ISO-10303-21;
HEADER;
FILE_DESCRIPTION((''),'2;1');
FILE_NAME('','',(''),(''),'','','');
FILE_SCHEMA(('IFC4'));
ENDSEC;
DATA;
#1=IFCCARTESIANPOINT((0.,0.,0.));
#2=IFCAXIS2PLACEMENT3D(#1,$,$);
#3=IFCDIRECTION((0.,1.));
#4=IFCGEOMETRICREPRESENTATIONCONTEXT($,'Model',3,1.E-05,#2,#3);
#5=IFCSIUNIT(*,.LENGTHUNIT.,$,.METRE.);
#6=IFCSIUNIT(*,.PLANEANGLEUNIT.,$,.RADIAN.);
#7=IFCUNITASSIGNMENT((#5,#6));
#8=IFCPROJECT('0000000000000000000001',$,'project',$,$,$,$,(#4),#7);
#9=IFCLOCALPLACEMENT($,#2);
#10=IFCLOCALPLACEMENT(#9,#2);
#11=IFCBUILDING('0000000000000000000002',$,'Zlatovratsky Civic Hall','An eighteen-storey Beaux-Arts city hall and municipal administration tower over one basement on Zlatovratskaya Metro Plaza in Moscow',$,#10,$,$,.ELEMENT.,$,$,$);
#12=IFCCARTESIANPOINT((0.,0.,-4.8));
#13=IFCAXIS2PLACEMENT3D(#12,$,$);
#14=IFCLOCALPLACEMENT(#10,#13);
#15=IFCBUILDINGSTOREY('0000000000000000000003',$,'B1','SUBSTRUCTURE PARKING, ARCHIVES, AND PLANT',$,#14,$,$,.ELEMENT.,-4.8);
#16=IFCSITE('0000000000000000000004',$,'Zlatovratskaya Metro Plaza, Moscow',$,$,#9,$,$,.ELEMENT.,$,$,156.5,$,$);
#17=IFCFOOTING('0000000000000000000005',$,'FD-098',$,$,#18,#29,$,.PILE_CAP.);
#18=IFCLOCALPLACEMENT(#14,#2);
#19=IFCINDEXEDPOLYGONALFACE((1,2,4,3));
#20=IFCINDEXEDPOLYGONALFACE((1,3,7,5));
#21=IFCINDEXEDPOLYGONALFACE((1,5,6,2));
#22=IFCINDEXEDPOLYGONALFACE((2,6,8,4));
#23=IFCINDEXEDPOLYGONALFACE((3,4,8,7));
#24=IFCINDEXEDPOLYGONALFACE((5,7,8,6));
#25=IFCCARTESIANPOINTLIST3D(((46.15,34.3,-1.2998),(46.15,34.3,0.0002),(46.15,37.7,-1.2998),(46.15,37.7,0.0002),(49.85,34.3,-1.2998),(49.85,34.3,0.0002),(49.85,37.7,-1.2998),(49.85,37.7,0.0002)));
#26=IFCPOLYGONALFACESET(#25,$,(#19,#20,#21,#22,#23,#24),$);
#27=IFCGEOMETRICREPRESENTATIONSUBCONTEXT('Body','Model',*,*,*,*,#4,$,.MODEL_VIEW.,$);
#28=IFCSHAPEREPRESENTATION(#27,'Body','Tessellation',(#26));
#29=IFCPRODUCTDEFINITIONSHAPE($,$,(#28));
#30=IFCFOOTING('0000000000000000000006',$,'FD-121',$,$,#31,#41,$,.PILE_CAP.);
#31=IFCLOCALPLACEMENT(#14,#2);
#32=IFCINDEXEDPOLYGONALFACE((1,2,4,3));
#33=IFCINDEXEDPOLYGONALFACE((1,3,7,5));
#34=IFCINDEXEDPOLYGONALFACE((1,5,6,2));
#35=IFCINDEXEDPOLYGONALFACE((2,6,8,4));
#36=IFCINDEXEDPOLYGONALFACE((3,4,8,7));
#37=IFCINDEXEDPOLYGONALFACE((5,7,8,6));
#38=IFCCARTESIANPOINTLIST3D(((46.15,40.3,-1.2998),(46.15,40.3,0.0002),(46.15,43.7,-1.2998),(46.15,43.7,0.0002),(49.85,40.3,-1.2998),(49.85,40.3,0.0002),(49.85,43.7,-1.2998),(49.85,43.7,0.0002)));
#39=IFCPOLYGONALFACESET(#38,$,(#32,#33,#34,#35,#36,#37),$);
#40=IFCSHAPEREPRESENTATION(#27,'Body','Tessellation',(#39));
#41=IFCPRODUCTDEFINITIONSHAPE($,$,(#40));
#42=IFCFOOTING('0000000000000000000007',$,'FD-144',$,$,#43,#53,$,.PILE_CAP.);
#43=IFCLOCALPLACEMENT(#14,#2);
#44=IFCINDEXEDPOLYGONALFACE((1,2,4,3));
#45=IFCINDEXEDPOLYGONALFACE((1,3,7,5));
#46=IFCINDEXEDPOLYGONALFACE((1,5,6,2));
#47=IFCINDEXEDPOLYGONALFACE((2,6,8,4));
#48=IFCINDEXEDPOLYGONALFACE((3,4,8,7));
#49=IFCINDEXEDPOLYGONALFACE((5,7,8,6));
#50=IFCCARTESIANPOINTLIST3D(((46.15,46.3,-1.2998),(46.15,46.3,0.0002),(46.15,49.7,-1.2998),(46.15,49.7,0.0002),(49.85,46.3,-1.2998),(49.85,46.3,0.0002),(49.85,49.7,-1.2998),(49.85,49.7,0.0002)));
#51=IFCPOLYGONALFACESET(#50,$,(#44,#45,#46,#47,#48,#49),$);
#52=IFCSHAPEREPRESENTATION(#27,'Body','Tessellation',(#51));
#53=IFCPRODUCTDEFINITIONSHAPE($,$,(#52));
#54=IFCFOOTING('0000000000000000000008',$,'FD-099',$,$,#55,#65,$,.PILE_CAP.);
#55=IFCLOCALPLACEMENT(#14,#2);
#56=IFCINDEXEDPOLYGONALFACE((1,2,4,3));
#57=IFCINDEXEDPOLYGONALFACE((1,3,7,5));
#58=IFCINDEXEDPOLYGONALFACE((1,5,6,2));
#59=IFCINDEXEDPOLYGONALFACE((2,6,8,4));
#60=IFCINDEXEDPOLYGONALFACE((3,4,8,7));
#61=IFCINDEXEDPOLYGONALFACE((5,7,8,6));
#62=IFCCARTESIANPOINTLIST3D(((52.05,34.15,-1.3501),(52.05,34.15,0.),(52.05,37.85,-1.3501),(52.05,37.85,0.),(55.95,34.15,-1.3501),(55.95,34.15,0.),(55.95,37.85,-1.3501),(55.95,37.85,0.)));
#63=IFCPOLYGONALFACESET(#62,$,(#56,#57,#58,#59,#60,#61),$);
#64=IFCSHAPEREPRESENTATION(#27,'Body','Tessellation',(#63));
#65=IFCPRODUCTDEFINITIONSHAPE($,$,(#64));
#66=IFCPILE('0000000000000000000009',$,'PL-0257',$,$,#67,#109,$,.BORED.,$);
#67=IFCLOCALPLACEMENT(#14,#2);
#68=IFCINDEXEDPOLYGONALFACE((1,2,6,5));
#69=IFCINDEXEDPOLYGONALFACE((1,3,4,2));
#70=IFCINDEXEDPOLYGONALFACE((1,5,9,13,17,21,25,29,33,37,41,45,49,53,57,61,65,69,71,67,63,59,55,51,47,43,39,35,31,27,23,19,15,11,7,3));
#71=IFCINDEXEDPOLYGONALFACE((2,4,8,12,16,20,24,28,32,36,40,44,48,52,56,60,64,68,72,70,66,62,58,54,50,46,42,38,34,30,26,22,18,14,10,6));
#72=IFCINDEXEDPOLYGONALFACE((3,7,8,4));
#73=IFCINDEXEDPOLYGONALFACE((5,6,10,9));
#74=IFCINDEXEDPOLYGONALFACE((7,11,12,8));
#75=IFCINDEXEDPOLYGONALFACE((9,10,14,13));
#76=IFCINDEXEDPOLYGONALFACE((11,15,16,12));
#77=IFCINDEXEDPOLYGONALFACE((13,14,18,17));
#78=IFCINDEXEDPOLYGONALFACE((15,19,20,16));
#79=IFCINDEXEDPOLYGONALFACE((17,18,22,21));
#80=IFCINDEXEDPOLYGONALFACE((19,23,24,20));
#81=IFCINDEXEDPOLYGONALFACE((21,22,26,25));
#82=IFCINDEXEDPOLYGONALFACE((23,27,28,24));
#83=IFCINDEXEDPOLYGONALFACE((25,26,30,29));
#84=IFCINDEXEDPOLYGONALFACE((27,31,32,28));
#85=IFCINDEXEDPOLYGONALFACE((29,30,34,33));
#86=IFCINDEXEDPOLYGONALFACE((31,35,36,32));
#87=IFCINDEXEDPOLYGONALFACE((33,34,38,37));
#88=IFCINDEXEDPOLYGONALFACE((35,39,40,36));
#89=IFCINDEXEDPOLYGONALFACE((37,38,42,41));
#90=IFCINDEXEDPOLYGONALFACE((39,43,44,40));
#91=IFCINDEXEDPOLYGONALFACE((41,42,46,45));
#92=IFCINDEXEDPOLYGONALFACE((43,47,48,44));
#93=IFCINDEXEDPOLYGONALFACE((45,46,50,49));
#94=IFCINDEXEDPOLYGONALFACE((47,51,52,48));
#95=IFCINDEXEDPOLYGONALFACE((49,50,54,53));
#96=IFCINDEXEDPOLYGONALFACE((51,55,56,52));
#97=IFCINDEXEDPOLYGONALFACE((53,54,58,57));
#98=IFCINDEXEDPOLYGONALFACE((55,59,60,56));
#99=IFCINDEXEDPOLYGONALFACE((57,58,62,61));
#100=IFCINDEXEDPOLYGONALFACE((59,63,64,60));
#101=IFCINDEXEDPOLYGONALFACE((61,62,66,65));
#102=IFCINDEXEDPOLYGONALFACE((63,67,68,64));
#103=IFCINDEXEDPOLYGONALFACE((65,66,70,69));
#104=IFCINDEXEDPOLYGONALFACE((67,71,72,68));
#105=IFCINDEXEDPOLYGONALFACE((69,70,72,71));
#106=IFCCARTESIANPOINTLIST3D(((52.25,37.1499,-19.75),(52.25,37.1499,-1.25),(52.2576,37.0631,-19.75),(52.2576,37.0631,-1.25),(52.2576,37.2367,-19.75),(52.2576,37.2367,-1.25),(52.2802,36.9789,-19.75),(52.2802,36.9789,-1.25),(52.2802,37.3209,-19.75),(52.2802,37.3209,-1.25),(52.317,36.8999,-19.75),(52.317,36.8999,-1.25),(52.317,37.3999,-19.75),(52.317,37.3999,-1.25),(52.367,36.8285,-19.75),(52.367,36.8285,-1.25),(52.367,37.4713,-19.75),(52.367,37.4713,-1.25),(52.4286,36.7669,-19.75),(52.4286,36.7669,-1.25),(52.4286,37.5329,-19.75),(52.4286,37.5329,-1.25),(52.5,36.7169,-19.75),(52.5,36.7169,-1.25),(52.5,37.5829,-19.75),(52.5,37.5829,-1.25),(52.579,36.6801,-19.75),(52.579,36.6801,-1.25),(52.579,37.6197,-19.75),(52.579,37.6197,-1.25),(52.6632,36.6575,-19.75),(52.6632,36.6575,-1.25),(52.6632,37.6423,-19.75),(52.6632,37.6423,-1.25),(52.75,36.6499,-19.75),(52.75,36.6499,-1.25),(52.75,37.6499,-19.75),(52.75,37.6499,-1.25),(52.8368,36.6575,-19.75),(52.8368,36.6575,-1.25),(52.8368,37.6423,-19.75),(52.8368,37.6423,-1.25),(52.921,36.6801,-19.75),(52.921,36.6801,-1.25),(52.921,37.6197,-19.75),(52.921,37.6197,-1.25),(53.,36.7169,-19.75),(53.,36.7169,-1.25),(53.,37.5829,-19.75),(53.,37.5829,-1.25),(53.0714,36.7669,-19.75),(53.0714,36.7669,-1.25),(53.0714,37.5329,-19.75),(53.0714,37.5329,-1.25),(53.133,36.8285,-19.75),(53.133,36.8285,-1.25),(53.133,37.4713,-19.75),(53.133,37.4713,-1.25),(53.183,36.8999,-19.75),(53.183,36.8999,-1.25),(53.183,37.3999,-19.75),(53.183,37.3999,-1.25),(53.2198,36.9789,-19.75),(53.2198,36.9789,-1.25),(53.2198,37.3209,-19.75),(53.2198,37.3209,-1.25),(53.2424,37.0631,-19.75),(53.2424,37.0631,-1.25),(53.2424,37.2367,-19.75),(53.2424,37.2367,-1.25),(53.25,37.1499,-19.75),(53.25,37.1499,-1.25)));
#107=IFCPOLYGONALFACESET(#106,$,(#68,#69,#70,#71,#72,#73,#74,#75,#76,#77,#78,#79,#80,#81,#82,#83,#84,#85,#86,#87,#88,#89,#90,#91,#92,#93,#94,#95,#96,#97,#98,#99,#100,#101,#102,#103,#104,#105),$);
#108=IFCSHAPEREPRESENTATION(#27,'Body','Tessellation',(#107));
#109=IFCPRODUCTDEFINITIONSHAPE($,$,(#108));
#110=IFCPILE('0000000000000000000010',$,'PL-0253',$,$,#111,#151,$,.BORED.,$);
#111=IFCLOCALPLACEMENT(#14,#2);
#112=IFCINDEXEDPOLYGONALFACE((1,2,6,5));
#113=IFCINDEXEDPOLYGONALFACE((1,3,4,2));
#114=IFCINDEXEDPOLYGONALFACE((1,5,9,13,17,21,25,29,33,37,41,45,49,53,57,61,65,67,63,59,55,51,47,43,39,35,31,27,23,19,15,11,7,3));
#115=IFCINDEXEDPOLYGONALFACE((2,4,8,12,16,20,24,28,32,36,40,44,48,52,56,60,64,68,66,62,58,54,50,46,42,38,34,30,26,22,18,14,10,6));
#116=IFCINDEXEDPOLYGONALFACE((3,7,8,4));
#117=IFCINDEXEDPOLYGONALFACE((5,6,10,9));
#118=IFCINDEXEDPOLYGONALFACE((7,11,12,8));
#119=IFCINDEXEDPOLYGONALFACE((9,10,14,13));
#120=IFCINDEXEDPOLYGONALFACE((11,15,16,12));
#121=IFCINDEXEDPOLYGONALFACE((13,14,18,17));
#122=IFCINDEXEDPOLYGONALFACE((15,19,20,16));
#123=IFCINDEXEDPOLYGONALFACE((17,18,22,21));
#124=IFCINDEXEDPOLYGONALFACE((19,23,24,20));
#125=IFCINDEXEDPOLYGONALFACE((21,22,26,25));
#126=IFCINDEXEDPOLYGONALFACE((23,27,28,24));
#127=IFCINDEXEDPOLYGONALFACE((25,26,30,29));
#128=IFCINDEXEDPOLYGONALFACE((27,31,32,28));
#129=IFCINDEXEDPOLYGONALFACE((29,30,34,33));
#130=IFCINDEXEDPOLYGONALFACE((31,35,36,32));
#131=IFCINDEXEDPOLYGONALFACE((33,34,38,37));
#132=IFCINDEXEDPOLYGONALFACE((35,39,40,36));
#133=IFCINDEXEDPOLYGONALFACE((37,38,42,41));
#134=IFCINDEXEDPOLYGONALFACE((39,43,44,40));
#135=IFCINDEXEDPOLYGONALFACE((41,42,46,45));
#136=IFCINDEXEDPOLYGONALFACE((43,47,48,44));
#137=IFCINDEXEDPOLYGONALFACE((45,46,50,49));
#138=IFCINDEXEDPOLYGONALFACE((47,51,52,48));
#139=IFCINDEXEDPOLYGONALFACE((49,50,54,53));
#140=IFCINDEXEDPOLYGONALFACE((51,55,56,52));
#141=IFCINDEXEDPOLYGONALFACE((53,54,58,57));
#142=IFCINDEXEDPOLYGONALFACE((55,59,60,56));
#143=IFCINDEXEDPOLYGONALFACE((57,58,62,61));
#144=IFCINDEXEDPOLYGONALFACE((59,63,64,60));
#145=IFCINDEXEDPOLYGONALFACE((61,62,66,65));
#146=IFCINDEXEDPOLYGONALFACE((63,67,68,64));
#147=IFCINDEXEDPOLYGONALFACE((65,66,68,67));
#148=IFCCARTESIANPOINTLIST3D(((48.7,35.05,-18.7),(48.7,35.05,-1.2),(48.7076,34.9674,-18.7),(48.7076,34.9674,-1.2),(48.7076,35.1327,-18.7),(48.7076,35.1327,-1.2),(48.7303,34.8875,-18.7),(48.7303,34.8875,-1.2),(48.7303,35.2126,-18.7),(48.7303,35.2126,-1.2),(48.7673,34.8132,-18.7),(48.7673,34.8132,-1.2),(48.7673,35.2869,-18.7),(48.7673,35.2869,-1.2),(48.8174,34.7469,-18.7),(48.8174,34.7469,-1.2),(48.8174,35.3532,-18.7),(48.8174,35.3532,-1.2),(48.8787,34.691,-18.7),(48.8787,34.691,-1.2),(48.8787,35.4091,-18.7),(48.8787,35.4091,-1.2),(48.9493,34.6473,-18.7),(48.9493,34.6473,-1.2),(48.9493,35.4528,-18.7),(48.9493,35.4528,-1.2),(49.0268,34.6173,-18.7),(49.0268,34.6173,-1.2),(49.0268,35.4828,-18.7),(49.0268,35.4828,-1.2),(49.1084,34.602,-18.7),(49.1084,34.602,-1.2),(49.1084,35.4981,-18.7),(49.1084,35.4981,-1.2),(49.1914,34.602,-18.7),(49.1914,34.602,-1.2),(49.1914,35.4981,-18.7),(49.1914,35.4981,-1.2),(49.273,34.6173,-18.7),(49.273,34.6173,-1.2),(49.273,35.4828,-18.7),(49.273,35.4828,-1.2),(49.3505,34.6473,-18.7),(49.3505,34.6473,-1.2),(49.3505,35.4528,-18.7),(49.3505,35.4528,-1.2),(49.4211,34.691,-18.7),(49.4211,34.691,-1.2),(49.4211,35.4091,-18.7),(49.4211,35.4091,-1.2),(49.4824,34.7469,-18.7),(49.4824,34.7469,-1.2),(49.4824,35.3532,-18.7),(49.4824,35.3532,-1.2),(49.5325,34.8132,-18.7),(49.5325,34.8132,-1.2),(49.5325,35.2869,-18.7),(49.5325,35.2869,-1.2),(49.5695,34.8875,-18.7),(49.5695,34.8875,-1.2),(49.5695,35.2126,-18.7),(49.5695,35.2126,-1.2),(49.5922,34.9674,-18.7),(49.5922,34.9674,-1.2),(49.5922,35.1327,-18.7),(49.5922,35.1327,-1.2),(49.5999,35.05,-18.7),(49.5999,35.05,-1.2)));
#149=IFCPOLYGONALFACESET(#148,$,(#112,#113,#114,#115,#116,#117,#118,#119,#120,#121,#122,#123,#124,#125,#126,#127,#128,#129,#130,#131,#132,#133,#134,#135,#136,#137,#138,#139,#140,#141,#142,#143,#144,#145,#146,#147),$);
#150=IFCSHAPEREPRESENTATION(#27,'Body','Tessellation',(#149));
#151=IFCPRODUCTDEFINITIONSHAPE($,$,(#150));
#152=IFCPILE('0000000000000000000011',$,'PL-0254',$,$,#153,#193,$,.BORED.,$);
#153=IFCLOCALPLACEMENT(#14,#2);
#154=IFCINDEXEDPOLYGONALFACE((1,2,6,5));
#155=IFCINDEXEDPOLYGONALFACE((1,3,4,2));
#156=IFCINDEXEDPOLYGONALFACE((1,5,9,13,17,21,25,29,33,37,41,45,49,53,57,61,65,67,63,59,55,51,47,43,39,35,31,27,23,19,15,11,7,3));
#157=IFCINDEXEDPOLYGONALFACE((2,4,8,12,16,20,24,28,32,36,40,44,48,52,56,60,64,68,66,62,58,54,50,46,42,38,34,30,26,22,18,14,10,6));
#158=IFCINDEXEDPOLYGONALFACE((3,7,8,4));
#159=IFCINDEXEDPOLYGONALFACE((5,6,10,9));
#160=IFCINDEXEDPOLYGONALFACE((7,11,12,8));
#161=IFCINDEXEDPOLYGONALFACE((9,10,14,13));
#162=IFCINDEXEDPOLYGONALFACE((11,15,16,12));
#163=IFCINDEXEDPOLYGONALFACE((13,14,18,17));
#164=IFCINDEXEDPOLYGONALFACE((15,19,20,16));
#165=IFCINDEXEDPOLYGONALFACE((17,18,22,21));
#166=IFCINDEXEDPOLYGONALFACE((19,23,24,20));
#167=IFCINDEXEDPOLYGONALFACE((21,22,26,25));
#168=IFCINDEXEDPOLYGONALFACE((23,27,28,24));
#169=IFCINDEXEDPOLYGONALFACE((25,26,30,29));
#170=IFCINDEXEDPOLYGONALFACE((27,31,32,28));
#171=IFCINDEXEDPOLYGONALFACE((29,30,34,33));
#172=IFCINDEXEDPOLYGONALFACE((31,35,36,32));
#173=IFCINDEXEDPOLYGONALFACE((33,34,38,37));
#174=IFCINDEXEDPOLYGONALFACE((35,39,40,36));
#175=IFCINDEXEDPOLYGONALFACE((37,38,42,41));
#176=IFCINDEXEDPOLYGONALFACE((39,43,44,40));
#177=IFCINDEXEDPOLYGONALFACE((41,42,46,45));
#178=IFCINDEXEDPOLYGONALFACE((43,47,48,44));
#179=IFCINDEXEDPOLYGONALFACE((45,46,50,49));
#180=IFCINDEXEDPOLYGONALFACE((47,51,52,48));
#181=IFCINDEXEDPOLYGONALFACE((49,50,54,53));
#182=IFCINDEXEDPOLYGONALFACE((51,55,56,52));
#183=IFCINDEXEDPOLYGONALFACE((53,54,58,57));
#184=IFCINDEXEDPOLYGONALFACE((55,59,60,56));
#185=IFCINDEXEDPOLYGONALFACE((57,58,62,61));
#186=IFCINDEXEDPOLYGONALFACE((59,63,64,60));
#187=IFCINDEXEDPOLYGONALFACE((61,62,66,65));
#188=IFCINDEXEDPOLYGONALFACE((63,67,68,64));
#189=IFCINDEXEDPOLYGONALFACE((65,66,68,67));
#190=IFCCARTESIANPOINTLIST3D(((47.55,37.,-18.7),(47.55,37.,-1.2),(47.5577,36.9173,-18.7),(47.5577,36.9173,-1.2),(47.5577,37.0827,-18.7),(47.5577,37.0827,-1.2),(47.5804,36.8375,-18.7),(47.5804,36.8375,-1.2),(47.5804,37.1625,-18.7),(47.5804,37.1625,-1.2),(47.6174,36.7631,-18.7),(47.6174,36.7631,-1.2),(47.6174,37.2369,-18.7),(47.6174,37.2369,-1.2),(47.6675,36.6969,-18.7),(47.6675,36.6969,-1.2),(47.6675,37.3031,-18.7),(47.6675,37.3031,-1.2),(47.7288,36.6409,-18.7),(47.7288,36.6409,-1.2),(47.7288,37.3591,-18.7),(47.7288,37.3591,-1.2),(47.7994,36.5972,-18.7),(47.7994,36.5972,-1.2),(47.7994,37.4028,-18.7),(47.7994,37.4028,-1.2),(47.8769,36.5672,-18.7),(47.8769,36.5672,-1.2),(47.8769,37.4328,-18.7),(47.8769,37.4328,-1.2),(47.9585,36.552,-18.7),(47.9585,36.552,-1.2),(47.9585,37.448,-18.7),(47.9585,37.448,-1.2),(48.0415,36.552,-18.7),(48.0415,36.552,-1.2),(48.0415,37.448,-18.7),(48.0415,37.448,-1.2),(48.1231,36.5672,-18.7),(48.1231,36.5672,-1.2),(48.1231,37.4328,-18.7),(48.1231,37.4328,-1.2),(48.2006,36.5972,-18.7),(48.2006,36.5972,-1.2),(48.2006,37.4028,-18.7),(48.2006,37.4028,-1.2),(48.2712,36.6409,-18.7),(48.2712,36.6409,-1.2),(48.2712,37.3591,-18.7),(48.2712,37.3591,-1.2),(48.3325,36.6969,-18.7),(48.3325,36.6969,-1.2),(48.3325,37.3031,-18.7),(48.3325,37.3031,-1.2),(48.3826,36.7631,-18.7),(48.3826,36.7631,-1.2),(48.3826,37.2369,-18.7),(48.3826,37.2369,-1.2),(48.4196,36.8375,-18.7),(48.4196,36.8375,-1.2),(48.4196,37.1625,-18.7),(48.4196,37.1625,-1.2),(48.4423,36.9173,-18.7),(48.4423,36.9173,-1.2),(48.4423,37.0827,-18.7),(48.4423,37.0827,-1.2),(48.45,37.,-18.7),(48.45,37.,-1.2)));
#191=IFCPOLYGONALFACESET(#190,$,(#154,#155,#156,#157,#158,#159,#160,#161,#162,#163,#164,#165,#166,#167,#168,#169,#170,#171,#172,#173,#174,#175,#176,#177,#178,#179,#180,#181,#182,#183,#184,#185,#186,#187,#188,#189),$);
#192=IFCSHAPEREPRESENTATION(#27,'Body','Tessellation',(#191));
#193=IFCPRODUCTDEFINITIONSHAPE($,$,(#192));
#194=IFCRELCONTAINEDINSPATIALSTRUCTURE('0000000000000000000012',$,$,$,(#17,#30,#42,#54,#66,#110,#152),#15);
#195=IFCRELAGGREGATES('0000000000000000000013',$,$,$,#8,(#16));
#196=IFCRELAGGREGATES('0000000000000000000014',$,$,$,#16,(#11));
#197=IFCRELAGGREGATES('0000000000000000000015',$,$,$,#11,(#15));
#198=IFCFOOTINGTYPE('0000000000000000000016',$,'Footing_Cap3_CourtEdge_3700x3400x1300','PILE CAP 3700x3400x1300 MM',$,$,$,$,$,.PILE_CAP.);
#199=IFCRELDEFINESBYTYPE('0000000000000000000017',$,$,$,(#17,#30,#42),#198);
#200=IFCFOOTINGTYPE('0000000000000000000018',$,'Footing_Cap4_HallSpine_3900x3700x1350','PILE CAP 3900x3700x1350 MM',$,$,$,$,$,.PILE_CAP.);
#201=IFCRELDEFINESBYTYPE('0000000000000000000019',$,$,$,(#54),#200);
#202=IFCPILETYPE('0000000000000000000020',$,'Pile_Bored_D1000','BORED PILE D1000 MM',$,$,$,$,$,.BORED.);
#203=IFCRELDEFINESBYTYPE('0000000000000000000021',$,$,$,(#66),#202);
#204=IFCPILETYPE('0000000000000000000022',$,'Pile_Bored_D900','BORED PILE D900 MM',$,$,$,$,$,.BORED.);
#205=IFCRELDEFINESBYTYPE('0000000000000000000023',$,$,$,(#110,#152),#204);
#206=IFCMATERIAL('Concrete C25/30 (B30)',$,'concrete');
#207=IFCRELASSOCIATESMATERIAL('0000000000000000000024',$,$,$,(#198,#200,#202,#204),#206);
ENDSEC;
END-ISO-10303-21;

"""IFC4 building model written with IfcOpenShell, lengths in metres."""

from ifc_helpers import new_model, si_unit, direction, frame, origin, origin_2d, place, context, subcontext, project, spatial, rectangle, circle, extrude, material, material_profile, profile_set, type_object, element, save


model = new_model("IFC4")

# Units and contexts
model_context = context("Model", 3, precision=1e-05, world=origin(), true_north=direction((0.0, 1.0)))
body_context = subcontext(model_context, "Body", "Model", "MODEL_VIEW")
ifc_project = project(units=[si_unit("LENGTHUNIT", "METRE"), si_unit("PLANEANGLEUNIT", "RADIAN")], contexts=[model_context])

# Site, building, storey
site_placement = place(None, origin())
site = spatial("IfcSite", under=ifc_project, at=site_placement, Name="Zlatovratskaya Metro Plaza, Moscow", CompositionType="ELEMENT", RefElevation=156.5)
building_placement = place(site_placement, origin())
building = spatial("IfcBuilding", under=site, at=building_placement, Name="Zlatovratsky Civic Hall", Description="An eighteen-storey Beaux-Arts city hall and municipal administration tower over one basement on Zlatovratskaya Metro Plaza in Moscow", CompositionType="ELEMENT")
storey_placement = place(building_placement, frame((0.0, 0.0, -4.8)))
storey = spatial("IfcBuildingStorey", under=building, at=storey_placement, Name="B1", Description="SUBSTRUCTURE PARKING, ARCHIVES, AND PLANT", CompositionType="ELEMENT", Elevation=-4.8)

# Footings
ifc_material_1 = material(Name="Concrete C25/30 (B30)", Category="concrete")
footing_type_1 = type_object("IfcFootingType", Name="Footing_Cap3_CourtEdge_3700x3400x1300", Description="PILE CAP 3700x3400x1300 MM", PredefinedType="PILE_CAP", material=ifc_material_1)
for number, where, z_axis, x_axis, name in (
    (1, (48.0, 36.0, -1.2998), (0.0, 0.0, 1.0), (1.0, 0.0, 0.0), "FD-098"),
    (2, (48.0, 42.0, -1.2998), (0.0, 0.0, 1.0), (1.0, 0.0, 0.0), "FD-121"),
    (3, (48.0, 48.0, -1.2998), (0.0, 0.0, 1.0), (1.0, 0.0, 0.0), "FD-144"),
):
    element("IfcFooting", number, at=place(storey_placement, frame(where, z_axis=z_axis, x_axis=x_axis)), inside=storey, type_object=footing_type_1, Name=name, PredefinedType="PILE_CAP", context=body_context, shape_type="SweptSolid", body=[
        extrude(rectangle(XDim=3.7, YDim=3.3999, at=origin_2d()), origin(), (0.0, 0.0, 1.0), 1.3),
    ])
footing_type_2 = type_object("IfcFootingType", Name="Footing_Cap4_HallSpine_3900x3700x1350", Description="PILE CAP 3900x3700x1350 MM", PredefinedType="PILE_CAP", material=ifc_material_1)
footing_placement = place(storey_placement, frame((54.0, 36.0, -1.3501), z_axis=(0.0, 0.0, 1.0), x_axis=(1.0, 0.0, 0.0)))
element("IfcFooting", 4, at=footing_placement, inside=storey, type_object=footing_type_2, Name="FD-099", PredefinedType="PILE_CAP", context=body_context, shape_type="SweptSolid", body=[
    extrude(rectangle(XDim=3.8999, YDim=3.7, at=origin_2d()), origin(), (0.0, 0.0, 1.0), 1.3501),
])

# Piles
ifc_material_profile_1 = material_profile(ifc_material_1, circle(Radius=0.5, at=origin_2d()), Name="PILE D1000")
ifc_profile_set_1 = profile_set([ifc_material_profile_1], Name="Concrete C25/30 (B30)")
pile_type_1 = type_object("IfcPileType", Name="Pile_Bored_D1000", Description="BORED PILE D1000 MM", PredefinedType="BORED", material=ifc_profile_set_1)
pile_1_placement = place(storey_placement, frame((52.75, 37.1499, -1.25), z_axis=(0.0, 0.0, -1.0), x_axis=(1.0, 0.0, 0.0)))
element("IfcPile", 5, at=pile_1_placement, inside=storey, type_object=pile_type_1, Name="PL-0257", PredefinedType="BORED", context=body_context, shape_type="SweptSolid", body=[
    extrude(circle(Radius=0.5, at=origin_2d()), origin(), (0.0, 0.0, 1.0), 18.5),
])
ifc_material_profile_2 = material_profile(ifc_material_1, circle(Radius=0.45, at=origin_2d()), Name="PILE D900")
ifc_profile_set_2 = profile_set([ifc_material_profile_2], Name="Concrete C25/30 (B30)")
pile_type_2 = type_object("IfcPileType", Name="Pile_Bored_D900", Description="BORED PILE D900 MM", PredefinedType="BORED", material=ifc_profile_set_2)
for number, where, z_axis, x_axis, name in (
    (6, (49.1499, 35.05, -1.2), (0.0, 0.0, -1.0), (1.0, 0.0, 0.0), "PL-0253"),
    (7, (48.0, 37.0, -1.2), (0.0, 0.0, -1.0), (1.0, 0.0, 0.0), "PL-0254"),
):
    element("IfcPile", number, at=place(storey_placement, frame(where, z_axis=z_axis, x_axis=x_axis)), inside=storey, type_object=pile_type_2, Name=name, PredefinedType="BORED", context=body_context, shape_type="SweptSolid", body=[
        extrude(circle(Radius=0.45, at=origin_2d()), origin(), (0.0, 0.0, 1.0), 17.5),
    ])

save(model, "model.ifc")
